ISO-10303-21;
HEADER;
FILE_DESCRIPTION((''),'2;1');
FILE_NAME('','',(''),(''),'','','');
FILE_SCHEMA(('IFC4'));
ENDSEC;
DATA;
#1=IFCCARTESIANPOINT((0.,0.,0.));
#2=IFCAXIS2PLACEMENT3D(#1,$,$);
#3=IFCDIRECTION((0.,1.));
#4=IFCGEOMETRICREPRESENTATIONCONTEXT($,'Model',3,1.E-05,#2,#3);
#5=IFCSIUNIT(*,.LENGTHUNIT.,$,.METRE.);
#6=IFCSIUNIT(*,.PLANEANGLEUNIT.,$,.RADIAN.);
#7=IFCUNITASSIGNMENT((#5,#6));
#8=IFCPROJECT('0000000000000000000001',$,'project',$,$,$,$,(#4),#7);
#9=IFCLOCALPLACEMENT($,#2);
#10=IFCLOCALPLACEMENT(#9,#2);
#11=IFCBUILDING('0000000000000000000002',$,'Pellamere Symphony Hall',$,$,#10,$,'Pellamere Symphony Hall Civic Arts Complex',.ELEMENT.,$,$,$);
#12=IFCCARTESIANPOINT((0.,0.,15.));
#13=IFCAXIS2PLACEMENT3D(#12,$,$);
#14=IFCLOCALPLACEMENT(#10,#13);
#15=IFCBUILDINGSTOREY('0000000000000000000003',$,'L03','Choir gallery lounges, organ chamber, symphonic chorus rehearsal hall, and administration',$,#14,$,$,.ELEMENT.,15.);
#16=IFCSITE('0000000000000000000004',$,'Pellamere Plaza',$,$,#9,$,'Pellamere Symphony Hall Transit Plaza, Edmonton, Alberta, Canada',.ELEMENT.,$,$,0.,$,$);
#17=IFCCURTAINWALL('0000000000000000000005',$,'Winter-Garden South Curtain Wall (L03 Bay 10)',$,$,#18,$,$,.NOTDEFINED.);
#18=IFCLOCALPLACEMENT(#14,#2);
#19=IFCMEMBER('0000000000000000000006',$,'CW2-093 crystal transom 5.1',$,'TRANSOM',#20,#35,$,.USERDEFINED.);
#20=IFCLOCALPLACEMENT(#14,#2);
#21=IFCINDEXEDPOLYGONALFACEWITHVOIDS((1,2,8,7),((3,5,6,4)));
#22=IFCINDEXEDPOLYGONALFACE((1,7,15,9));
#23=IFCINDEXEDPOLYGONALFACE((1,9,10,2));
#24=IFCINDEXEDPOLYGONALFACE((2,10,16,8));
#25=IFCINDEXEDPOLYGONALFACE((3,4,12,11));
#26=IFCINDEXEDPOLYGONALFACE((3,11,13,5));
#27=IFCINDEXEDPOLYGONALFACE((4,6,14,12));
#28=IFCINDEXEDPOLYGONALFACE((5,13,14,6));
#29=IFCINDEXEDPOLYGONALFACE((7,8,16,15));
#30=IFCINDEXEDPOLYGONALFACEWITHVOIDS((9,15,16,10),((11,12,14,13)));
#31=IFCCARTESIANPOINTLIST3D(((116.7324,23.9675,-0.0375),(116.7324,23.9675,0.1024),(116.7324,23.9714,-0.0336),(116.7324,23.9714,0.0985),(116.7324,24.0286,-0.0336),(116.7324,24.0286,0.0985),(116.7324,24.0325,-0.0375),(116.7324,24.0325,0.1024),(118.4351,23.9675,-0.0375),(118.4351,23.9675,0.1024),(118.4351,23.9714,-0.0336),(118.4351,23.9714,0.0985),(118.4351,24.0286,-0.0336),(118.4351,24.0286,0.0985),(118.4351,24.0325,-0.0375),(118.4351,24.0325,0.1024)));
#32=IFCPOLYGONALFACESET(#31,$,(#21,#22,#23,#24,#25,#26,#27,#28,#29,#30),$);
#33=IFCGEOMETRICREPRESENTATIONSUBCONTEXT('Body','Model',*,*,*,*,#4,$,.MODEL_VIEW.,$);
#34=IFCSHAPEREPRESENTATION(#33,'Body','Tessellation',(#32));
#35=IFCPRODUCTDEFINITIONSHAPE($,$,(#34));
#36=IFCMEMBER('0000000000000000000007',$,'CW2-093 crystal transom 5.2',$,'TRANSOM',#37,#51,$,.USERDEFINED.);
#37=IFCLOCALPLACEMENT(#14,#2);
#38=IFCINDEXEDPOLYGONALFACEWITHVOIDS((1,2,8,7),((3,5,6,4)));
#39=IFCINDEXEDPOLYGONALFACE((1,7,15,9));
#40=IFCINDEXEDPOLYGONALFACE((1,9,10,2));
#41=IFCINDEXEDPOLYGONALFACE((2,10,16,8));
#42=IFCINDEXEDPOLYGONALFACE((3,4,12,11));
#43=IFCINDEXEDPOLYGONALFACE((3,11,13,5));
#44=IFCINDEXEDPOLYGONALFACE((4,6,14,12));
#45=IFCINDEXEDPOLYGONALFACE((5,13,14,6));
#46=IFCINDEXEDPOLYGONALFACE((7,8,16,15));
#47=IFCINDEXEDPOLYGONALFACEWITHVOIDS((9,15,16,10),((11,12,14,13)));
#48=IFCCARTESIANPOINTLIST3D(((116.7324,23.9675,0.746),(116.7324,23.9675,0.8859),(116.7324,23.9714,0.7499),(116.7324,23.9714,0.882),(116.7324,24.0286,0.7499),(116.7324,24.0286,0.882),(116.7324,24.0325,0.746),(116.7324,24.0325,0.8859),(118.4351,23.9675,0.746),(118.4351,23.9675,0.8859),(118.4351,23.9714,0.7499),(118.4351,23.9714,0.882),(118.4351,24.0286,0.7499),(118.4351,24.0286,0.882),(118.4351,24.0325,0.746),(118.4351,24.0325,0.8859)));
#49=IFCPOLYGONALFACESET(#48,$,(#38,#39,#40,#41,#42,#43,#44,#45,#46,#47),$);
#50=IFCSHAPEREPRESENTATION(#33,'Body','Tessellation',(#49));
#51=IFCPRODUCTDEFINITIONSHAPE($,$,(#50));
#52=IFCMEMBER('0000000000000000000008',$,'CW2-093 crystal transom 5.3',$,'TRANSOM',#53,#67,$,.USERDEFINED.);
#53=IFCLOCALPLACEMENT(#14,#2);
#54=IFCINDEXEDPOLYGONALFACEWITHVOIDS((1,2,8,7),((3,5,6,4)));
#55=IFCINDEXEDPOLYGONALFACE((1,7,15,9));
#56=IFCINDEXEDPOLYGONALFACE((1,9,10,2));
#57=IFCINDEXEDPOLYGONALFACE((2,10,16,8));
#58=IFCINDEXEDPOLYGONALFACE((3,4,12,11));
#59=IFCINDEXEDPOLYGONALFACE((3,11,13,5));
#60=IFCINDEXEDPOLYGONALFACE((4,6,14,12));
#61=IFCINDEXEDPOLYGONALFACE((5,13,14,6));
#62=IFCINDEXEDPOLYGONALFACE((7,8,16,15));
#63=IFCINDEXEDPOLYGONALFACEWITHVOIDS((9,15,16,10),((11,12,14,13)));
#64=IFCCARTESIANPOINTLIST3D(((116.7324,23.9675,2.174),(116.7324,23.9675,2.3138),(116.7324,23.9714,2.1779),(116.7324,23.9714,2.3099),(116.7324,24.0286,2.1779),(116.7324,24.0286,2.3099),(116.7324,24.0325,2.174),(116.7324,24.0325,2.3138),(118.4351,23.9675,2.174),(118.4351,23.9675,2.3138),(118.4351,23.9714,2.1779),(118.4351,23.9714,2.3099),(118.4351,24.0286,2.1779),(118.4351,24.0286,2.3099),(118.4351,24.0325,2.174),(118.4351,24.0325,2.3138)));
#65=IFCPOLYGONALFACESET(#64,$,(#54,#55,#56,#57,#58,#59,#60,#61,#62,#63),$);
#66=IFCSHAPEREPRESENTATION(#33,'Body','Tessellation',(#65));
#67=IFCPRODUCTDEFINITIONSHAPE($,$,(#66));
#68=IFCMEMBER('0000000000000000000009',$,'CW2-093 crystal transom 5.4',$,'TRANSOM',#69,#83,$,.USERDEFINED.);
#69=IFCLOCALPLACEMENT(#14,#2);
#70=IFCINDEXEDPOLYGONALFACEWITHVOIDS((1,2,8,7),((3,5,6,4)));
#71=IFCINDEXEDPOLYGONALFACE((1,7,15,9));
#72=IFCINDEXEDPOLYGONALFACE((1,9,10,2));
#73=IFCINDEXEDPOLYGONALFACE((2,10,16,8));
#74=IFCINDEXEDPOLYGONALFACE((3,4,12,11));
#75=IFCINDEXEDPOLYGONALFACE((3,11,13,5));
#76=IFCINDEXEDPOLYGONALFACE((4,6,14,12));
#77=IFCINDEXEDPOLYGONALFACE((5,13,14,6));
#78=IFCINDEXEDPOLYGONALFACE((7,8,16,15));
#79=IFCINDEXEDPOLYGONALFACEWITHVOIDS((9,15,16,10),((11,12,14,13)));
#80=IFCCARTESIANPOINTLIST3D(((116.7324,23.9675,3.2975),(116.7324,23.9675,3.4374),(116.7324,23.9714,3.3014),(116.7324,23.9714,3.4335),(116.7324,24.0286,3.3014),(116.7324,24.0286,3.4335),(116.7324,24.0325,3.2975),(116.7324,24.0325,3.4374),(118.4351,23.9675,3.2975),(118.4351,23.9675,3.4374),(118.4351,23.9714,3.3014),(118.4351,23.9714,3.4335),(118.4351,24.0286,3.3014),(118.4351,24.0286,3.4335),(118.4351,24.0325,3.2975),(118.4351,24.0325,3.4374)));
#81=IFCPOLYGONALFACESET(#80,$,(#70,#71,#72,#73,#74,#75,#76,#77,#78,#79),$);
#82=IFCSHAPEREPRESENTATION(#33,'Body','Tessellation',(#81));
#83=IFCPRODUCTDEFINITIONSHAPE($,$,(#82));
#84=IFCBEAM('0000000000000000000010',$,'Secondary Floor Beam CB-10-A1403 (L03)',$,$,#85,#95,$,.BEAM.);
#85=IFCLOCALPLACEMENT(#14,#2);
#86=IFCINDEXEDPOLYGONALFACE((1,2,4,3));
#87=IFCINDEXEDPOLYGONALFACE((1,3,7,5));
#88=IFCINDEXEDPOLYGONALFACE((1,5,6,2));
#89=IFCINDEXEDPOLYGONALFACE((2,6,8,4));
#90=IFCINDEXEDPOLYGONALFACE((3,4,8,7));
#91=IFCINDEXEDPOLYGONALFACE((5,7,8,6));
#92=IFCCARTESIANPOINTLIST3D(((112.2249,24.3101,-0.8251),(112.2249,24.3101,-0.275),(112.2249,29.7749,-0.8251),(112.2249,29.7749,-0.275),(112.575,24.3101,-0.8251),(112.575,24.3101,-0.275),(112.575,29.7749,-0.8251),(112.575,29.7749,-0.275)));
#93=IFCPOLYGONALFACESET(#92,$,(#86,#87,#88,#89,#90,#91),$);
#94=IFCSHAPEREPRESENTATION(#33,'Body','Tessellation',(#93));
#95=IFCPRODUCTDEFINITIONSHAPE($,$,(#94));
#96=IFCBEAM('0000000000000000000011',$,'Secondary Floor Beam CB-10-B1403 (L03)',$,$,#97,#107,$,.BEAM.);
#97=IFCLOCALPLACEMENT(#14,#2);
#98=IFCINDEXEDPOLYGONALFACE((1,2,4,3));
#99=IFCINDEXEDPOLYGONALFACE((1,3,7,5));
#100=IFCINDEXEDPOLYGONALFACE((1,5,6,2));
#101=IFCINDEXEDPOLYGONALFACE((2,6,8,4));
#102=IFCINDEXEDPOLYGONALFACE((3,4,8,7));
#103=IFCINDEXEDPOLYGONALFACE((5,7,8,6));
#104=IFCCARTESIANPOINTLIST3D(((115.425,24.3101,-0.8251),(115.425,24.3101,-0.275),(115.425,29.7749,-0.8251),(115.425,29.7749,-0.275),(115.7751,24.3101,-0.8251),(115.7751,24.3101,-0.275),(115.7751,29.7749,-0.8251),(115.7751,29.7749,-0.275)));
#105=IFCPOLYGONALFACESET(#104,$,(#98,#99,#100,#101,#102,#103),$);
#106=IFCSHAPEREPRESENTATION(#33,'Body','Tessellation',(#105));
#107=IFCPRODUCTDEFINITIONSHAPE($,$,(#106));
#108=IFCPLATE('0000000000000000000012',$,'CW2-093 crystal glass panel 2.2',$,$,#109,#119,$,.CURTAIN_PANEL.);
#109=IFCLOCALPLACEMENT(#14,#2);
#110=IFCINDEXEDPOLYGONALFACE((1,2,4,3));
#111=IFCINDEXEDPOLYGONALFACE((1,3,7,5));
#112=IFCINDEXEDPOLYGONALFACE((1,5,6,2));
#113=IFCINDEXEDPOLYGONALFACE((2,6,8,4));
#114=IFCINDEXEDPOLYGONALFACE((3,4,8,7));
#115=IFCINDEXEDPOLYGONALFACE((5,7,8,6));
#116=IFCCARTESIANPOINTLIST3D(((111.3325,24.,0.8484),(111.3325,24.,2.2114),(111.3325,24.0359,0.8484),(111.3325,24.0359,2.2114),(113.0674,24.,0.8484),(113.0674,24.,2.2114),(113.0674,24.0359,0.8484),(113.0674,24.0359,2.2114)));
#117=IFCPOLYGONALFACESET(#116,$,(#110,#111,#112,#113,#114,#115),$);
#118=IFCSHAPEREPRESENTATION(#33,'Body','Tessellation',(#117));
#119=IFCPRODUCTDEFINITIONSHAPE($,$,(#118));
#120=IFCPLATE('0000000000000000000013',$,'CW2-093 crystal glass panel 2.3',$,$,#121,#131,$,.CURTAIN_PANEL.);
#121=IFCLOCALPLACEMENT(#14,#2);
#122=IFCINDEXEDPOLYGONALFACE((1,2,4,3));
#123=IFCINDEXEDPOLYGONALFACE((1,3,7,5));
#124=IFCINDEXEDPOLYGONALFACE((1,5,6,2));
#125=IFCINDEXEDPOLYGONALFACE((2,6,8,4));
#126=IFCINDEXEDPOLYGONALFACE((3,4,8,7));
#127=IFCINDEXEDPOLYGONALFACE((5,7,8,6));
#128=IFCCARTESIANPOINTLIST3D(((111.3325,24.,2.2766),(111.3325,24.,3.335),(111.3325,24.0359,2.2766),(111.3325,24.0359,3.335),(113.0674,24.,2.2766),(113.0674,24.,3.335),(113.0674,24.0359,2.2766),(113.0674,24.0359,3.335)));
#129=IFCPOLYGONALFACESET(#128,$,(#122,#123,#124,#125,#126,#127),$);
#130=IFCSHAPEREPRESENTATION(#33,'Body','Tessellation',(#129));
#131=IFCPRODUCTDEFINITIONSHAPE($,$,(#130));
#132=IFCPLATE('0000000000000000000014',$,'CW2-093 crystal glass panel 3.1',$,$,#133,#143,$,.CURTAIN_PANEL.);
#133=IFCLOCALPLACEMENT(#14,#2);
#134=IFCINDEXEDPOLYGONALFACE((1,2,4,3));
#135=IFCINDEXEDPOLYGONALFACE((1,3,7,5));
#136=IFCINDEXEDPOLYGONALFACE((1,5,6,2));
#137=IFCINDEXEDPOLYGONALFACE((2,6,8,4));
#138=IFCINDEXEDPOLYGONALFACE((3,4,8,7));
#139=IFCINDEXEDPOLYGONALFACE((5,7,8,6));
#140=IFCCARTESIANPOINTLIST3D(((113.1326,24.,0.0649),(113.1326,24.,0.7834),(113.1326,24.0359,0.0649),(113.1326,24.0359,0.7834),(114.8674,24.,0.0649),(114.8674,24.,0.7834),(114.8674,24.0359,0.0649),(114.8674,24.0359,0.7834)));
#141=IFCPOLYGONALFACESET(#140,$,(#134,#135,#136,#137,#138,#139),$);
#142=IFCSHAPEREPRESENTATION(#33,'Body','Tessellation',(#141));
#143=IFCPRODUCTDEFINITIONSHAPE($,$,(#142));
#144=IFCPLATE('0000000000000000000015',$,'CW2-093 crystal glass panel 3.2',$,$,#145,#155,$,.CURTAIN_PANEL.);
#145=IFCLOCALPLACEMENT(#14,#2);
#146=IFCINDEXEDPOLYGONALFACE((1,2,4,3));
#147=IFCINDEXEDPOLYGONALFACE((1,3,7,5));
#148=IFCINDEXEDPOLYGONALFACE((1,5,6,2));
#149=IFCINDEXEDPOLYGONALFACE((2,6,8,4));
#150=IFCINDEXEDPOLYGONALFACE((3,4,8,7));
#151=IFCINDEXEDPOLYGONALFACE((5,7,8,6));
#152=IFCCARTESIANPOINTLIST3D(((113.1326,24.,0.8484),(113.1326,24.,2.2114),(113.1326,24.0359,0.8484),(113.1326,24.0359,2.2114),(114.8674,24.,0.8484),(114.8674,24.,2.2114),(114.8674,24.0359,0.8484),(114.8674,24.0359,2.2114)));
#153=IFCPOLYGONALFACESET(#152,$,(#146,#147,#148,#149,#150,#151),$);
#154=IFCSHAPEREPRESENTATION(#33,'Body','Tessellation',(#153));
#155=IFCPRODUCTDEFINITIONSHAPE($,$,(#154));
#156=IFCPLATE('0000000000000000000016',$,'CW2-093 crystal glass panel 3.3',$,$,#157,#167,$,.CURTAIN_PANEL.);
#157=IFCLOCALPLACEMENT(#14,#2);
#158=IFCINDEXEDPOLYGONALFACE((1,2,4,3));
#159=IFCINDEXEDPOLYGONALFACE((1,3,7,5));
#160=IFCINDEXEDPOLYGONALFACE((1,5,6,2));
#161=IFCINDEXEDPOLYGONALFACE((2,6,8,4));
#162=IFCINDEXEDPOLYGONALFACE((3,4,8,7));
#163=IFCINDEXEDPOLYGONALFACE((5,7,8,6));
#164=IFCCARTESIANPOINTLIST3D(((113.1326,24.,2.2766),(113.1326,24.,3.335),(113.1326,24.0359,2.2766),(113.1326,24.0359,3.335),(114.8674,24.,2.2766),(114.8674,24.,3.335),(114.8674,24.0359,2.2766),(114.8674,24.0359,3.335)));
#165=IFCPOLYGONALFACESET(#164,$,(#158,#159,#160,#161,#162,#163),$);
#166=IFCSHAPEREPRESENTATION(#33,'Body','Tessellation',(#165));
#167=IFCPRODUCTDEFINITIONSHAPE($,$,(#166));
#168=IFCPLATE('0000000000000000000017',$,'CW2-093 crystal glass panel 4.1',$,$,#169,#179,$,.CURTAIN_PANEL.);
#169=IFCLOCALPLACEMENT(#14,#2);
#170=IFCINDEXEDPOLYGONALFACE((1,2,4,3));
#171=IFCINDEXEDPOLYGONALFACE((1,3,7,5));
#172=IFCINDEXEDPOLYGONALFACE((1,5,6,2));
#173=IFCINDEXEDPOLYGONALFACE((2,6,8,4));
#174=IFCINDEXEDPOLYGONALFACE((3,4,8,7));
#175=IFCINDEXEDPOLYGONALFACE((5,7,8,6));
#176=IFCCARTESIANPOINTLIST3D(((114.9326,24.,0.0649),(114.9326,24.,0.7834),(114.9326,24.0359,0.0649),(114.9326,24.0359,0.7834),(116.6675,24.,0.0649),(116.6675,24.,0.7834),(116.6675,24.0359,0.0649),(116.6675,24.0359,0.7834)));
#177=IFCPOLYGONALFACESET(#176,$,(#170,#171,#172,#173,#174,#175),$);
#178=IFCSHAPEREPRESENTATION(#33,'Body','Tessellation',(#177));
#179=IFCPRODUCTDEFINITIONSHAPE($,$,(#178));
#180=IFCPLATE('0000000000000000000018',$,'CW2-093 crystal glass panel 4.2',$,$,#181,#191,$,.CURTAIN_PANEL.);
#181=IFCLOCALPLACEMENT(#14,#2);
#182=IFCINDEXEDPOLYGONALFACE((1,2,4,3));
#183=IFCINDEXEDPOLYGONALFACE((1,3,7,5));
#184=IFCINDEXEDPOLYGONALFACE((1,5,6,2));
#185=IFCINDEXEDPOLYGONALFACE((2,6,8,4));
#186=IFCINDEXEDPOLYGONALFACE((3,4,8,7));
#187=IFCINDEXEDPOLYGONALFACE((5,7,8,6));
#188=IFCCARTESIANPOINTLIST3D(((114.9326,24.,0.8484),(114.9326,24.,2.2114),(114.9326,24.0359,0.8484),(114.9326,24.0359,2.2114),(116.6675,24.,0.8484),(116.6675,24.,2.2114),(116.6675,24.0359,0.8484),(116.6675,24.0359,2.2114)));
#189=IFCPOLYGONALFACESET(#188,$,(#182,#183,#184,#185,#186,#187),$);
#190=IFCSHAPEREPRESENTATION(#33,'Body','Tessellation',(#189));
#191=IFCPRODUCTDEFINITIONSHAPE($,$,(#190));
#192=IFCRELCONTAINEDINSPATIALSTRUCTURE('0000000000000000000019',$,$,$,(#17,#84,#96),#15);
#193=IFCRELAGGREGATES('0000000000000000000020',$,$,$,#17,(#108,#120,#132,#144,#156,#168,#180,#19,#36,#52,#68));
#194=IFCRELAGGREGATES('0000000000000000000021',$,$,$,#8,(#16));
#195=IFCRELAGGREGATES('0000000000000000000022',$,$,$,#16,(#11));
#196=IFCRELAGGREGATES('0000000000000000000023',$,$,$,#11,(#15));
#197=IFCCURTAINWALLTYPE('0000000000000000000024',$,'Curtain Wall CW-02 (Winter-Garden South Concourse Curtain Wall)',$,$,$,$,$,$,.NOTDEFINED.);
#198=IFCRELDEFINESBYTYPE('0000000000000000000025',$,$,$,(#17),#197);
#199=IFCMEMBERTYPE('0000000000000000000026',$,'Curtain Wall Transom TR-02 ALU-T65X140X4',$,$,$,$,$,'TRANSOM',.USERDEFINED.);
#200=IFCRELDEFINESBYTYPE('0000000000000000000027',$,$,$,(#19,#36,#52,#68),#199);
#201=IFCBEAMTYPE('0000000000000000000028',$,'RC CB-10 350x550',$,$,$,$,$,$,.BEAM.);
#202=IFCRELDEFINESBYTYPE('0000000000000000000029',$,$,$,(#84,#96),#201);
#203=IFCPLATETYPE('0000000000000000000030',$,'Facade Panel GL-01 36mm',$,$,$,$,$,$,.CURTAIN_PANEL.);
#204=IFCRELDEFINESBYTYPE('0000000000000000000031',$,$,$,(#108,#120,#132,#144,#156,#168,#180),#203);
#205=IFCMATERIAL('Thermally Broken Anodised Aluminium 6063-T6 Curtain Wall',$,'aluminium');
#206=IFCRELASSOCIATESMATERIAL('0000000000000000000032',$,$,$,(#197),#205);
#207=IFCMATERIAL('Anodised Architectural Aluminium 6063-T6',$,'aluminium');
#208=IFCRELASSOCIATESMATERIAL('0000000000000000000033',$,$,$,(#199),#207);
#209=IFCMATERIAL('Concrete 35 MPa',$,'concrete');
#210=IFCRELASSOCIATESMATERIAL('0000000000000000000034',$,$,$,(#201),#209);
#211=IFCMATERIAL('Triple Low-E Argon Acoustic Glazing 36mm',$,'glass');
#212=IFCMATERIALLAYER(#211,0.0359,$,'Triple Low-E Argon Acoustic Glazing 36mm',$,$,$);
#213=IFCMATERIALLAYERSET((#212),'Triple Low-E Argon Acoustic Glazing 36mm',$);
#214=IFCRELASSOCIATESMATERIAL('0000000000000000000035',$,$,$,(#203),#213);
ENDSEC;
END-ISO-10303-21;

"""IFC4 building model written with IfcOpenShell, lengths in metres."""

from ifc_helpers import new_model, si_unit, direction, frame, origin, origin_2d, place, context, subcontext, project, spatial, polyline, rectangle, hollow_rectangle, outline, extrude, material, layer, layer_set, material_profile, profile_set, type_object, element, aggregate, save


model = new_model("IFC4")

# Units and contexts
model_context = context("Model", 3, precision=1e-05, world=origin(), true_north=direction((0.0, 1.0)))
body_context = subcontext(model_context, "Body", "Model", "MODEL_VIEW")
ifc_project = project(units=[si_unit("LENGTHUNIT", "METRE"), si_unit("PLANEANGLEUNIT", "RADIAN")], contexts=[model_context])

# Site, building, storey
site_placement = place(None, origin())
site = spatial("IfcSite", under=ifc_project, at=site_placement, Name="Pellamere Plaza", LongName="Pellamere Symphony Hall Transit Plaza, Edmonton, Alberta, Canada", CompositionType="ELEMENT", RefElevation=0.0)
building_placement = place(site_placement, origin())
building = spatial("IfcBuilding", under=site, at=building_placement, Name="Pellamere Symphony Hall", LongName="Pellamere Symphony Hall Civic Arts Complex", CompositionType="ELEMENT")
storey_placement = place(building_placement, frame((0.0, 0.0, 15.0)))
storey = spatial("IfcBuildingStorey", under=building, at=storey_placement, Name="L03", Description="Choir gallery lounges, organ chamber, symphonic chorus rehearsal hall, and administration", CompositionType="ELEMENT", Elevation=15.0)

# Curtain wall, members
ifc_material_1 = material(Name="Thermally Broken Anodised Aluminium 6063-T6 Curtain Wall", Category="aluminium")
curtain_wall_type = type_object("IfcCurtainWallType", Name="Curtain Wall CW-02 (Winter-Garden South Concourse Curtain Wall)", PredefinedType="NOTDEFINED", material=ifc_material_1)
curtain_wall_placement = place(storey_placement, origin())
curtain_wall = element("IfcCurtainWall", 1, at=curtain_wall_placement, inside=storey, type_object=curtain_wall_type, Name="Winter-Garden South Curtain Wall (L03 Bay 10)", PredefinedType="NOTDEFINED")
ifc_material_2 = material(Name="Anodised Architectural Aluminium 6063-T6", Category="aluminium")
ifc_material_profile_1 = material_profile(ifc_material_2, hollow_rectangle(XDim=0.0649, YDim=0.1399, WallThickness=0.0039, at=origin_2d()), Name="ALU-T65X140X4")
ifc_profile_set_1 = profile_set([ifc_material_profile_1], Name="Anodised Architectural Aluminium 6063-T6")
member_type_1 = type_object("IfcMemberType", Name="Curtain Wall Transom TR-02 ALU-T65X140X4", ElementType="TRANSOM", PredefinedType="USERDEFINED", material=ifc_profile_set_1)
member_1_placement = place(storey_placement, frame((116.7324, 24.0, 0.0325), z_axis=(1.0, 0.0, 0.0), x_axis=(0.0, 1.0, 0.0)))
member_1 = element("IfcMember", 2, at=member_1_placement, type_object=member_type_1, Name="CW2-093 crystal transom 5.1", ObjectType="TRANSOM", PredefinedType="USERDEFINED", context=body_context, shape_type="SweptSolid", body=[
    extrude(hollow_rectangle(XDim=0.0649, YDim=0.1399, WallThickness=0.0039, at=origin_2d()), origin(), (0.0, 0.0, 1.0), 1.7026),
])
member_2_placement = place(storey_placement, frame((116.7324, 24.0, 0.8159), z_axis=(1.0, 0.0, 0.0), x_axis=(0.0, 1.0, 0.0)))
member_2 = element("IfcMember", 3, at=member_2_placement, type_object=member_type_1, Name="CW2-093 crystal transom 5.2", ObjectType="TRANSOM", PredefinedType="USERDEFINED", context=body_context, shape_type="SweptSolid", body=[
    extrude(hollow_rectangle(XDim=0.0649, YDim=0.1399, WallThickness=0.0039, at=origin_2d()), origin(), (0.0, 0.0, 1.0), 1.7026),
])
member_3_placement = place(storey_placement, frame((116.7324, 24.0, 2.2439), z_axis=(1.0, 0.0, 0.0), x_axis=(0.0, 1.0, 0.0)))
member_3 = element("IfcMember", 4, at=member_3_placement, type_object=member_type_1, Name="CW2-093 crystal transom 5.3", ObjectType="TRANSOM", PredefinedType="USERDEFINED", context=body_context, shape_type="SweptSolid", body=[
    extrude(hollow_rectangle(XDim=0.0649, YDim=0.1399, WallThickness=0.0039, at=origin_2d()), origin(), (0.0, 0.0, 1.0), 1.7026),
])
member_4_placement = place(storey_placement, frame((116.7324, 24.0, 3.3674), z_axis=(1.0, 0.0, 0.0), x_axis=(0.0, 1.0, 0.0)))
member_4 = element("IfcMember", 5, at=member_4_placement, type_object=member_type_1, Name="CW2-093 crystal transom 5.4", ObjectType="TRANSOM", PredefinedType="USERDEFINED", context=body_context, shape_type="SweptSolid", body=[
    extrude(hollow_rectangle(XDim=0.0649, YDim=0.1399, WallThickness=0.0039, at=origin_2d()), origin(), (0.0, 0.0, 1.0), 1.7026),
])

# Beams
ifc_material_3 = material(Name="Concrete 35 MPa", Category="concrete")
ifc_material_profile_2 = material_profile(ifc_material_3, rectangle(XDim=0.3501, YDim=0.55, at=origin_2d()), Name="RC 350x550")
ifc_profile_set_2 = profile_set([ifc_material_profile_2], Name="Concrete 35 MPa")
beam_type = type_object("IfcBeamType", Name="RC CB-10 350x550", PredefinedType="BEAM", material=ifc_profile_set_2)
for number, where, z_axis, x_axis, name in (
    (6, (112.3999, 24.3101, -0.55), (0.0, 1.0, 0.0), (-1.0, 0.0, 0.0), "Secondary Floor Beam CB-10-A1403 (L03)"),
    (7, (115.6001, 24.3101, -0.55), (0.0, 1.0, 0.0), (-1.0, 0.0, 0.0), "Secondary Floor Beam CB-10-B1403 (L03)"),
):
    element("IfcBeam", number, at=place(storey_placement, frame(where, z_axis=z_axis, x_axis=x_axis)), inside=storey, type_object=beam_type, Name=name, PredefinedType="BEAM", context=body_context, shape_type="SweptSolid", body=[
        extrude(rectangle(XDim=0.3501, YDim=0.55, at=origin_2d()), origin(), (0.0, 0.0, 1.0), 5.4648),
    ])

# Plates
ifc_material_4 = material(Name="Triple Low-E Argon Acoustic Glazing 36mm", Category="glass")
ifc_layer = layer(ifc_material_4, 0.0359, Name="Triple Low-E Argon Acoustic Glazing 36mm")
ifc_layer_set = layer_set([ifc_layer], Name="Triple Low-E Argon Acoustic Glazing 36mm")
plate_type = type_object("IfcPlateType", Name="Facade Panel GL-01 36mm", PredefinedType="CURTAIN_PANEL", material=ifc_layer_set)
plate_1_placement = place(storey_placement, frame((111.3325, 24.0, 0.8484), z_axis=(0.0, -1.0, 0.0), x_axis=(1.0, 0.0, 0.0)))
plate_1 = element("IfcPlate", 8, at=plate_1_placement, type_object=plate_type, Name="CW2-093 crystal glass panel 2.2", PredefinedType="CURTAIN_PANEL", context=body_context, shape_type="SweptSolid", body=[
    extrude(outline(polyline([(0.0, 0.0), (1.7349, 0.0), (1.7349, 1.363), (0.0, 1.363), (0.0, 0.0)])), origin(), (0.0, 0.0, -1.0), 0.0359),
])
plate_2_placement = place(storey_placement, frame((111.3325, 24.0, 2.2766), z_axis=(0.0, -1.0, 0.0), x_axis=(1.0, 0.0, 0.0)))
plate_2 = element("IfcPlate", 9, at=plate_2_placement, type_object=plate_type, Name="CW2-093 crystal glass panel 2.3", PredefinedType="CURTAIN_PANEL", context=body_context, shape_type="SweptSolid", body=[
    extrude(outline(polyline([(0.0, 0.0), (1.7349, 0.0), (1.7349, 1.0583), (0.0, 1.0583), (0.0, 0.0)])), origin(), (0.0, 0.0, -1.0), 0.0359),
])
plate_3_placement = place(storey_placement, frame((113.1326, 24.0, 0.0649), z_axis=(0.0, -1.0, 0.0), x_axis=(1.0, 0.0, 0.0)))
plate_3 = element("IfcPlate", 10, at=plate_3_placement, type_object=plate_type, Name="CW2-093 crystal glass panel 3.1", PredefinedType="CURTAIN_PANEL", context=body_context, shape_type="SweptSolid", body=[
    extrude(outline(polyline([(0.0, 0.0), (1.7349, 0.0), (1.7349, 0.7185), (0.0, 0.7185), (0.0, 0.0)])), origin(), (0.0, 0.0, -1.0), 0.0359),
])
plate_4_placement = place(storey_placement, frame((113.1326, 24.0, 0.8484), z_axis=(0.0, -1.0, 0.0), x_axis=(1.0, 0.0, 0.0)))
plate_4 = element("IfcPlate", 11, at=plate_4_placement, type_object=plate_type, Name="CW2-093 crystal glass panel 3.2", PredefinedType="CURTAIN_PANEL", context=body_context, shape_type="SweptSolid", body=[
    extrude(outline(polyline([(0.0, 0.0), (1.7349, 0.0), (1.7349, 1.363), (0.0, 1.363), (0.0, 0.0)])), origin(), (0.0, 0.0, -1.0), 0.0359),
])
plate_5_placement = place(storey_placement, frame((113.1326, 24.0, 2.2766), z_axis=(0.0, -1.0, 0.0), x_axis=(1.0, 0.0, 0.0)))
plate_5 = element("IfcPlate", 12, at=plate_5_placement, type_object=plate_type, Name="CW2-093 crystal glass panel 3.3", PredefinedType="CURTAIN_PANEL", context=body_context, shape_type="SweptSolid", body=[
    extrude(outline(polyline([(0.0, 0.0), (1.7349, 0.0), (1.7349, 1.0583), (0.0, 1.0583), (0.0, 0.0)])), origin(), (0.0, 0.0, -1.0), 0.0359),
])
plate_6_placement = place(storey_placement, frame((114.9326, 24.0, 0.0649), z_axis=(0.0, -1.0, 0.0), x_axis=(1.0, 0.0, 0.0)))
plate_6 = element("IfcPlate", 13, at=plate_6_placement, type_object=plate_type, Name="CW2-093 crystal glass panel 4.1", PredefinedType="CURTAIN_PANEL", context=body_context, shape_type="SweptSolid", body=[
    extrude(outline(polyline([(0.0, 0.0), (1.7349, 0.0), (1.7349, 0.7185), (0.0, 0.7185), (0.0, 0.0)])), origin(), (0.0, 0.0, -1.0), 0.0359),
])
plate_7_placement = place(storey_placement, frame((114.9326, 24.0, 0.8484), z_axis=(0.0, -1.0, 0.0), x_axis=(1.0, 0.0, 0.0)))
plate_7 = element("IfcPlate", 14, at=plate_7_placement, type_object=plate_type, Name="CW2-093 crystal glass panel 4.2", PredefinedType="CURTAIN_PANEL", context=body_context, shape_type="SweptSolid", body=[
    extrude(outline(polyline([(0.0, 0.0), (1.7349, 0.0), (1.7349, 1.363), (0.0, 1.363), (0.0, 0.0)])), origin(), (0.0, 0.0, -1.0), 0.0359),
])
aggregate(curtain_wall, [plate_1, plate_2, plate_3, plate_4, plate_5, plate_6, plate_7, member_1, member_2, member_3, member_4])

save(model, "model.ifc")
